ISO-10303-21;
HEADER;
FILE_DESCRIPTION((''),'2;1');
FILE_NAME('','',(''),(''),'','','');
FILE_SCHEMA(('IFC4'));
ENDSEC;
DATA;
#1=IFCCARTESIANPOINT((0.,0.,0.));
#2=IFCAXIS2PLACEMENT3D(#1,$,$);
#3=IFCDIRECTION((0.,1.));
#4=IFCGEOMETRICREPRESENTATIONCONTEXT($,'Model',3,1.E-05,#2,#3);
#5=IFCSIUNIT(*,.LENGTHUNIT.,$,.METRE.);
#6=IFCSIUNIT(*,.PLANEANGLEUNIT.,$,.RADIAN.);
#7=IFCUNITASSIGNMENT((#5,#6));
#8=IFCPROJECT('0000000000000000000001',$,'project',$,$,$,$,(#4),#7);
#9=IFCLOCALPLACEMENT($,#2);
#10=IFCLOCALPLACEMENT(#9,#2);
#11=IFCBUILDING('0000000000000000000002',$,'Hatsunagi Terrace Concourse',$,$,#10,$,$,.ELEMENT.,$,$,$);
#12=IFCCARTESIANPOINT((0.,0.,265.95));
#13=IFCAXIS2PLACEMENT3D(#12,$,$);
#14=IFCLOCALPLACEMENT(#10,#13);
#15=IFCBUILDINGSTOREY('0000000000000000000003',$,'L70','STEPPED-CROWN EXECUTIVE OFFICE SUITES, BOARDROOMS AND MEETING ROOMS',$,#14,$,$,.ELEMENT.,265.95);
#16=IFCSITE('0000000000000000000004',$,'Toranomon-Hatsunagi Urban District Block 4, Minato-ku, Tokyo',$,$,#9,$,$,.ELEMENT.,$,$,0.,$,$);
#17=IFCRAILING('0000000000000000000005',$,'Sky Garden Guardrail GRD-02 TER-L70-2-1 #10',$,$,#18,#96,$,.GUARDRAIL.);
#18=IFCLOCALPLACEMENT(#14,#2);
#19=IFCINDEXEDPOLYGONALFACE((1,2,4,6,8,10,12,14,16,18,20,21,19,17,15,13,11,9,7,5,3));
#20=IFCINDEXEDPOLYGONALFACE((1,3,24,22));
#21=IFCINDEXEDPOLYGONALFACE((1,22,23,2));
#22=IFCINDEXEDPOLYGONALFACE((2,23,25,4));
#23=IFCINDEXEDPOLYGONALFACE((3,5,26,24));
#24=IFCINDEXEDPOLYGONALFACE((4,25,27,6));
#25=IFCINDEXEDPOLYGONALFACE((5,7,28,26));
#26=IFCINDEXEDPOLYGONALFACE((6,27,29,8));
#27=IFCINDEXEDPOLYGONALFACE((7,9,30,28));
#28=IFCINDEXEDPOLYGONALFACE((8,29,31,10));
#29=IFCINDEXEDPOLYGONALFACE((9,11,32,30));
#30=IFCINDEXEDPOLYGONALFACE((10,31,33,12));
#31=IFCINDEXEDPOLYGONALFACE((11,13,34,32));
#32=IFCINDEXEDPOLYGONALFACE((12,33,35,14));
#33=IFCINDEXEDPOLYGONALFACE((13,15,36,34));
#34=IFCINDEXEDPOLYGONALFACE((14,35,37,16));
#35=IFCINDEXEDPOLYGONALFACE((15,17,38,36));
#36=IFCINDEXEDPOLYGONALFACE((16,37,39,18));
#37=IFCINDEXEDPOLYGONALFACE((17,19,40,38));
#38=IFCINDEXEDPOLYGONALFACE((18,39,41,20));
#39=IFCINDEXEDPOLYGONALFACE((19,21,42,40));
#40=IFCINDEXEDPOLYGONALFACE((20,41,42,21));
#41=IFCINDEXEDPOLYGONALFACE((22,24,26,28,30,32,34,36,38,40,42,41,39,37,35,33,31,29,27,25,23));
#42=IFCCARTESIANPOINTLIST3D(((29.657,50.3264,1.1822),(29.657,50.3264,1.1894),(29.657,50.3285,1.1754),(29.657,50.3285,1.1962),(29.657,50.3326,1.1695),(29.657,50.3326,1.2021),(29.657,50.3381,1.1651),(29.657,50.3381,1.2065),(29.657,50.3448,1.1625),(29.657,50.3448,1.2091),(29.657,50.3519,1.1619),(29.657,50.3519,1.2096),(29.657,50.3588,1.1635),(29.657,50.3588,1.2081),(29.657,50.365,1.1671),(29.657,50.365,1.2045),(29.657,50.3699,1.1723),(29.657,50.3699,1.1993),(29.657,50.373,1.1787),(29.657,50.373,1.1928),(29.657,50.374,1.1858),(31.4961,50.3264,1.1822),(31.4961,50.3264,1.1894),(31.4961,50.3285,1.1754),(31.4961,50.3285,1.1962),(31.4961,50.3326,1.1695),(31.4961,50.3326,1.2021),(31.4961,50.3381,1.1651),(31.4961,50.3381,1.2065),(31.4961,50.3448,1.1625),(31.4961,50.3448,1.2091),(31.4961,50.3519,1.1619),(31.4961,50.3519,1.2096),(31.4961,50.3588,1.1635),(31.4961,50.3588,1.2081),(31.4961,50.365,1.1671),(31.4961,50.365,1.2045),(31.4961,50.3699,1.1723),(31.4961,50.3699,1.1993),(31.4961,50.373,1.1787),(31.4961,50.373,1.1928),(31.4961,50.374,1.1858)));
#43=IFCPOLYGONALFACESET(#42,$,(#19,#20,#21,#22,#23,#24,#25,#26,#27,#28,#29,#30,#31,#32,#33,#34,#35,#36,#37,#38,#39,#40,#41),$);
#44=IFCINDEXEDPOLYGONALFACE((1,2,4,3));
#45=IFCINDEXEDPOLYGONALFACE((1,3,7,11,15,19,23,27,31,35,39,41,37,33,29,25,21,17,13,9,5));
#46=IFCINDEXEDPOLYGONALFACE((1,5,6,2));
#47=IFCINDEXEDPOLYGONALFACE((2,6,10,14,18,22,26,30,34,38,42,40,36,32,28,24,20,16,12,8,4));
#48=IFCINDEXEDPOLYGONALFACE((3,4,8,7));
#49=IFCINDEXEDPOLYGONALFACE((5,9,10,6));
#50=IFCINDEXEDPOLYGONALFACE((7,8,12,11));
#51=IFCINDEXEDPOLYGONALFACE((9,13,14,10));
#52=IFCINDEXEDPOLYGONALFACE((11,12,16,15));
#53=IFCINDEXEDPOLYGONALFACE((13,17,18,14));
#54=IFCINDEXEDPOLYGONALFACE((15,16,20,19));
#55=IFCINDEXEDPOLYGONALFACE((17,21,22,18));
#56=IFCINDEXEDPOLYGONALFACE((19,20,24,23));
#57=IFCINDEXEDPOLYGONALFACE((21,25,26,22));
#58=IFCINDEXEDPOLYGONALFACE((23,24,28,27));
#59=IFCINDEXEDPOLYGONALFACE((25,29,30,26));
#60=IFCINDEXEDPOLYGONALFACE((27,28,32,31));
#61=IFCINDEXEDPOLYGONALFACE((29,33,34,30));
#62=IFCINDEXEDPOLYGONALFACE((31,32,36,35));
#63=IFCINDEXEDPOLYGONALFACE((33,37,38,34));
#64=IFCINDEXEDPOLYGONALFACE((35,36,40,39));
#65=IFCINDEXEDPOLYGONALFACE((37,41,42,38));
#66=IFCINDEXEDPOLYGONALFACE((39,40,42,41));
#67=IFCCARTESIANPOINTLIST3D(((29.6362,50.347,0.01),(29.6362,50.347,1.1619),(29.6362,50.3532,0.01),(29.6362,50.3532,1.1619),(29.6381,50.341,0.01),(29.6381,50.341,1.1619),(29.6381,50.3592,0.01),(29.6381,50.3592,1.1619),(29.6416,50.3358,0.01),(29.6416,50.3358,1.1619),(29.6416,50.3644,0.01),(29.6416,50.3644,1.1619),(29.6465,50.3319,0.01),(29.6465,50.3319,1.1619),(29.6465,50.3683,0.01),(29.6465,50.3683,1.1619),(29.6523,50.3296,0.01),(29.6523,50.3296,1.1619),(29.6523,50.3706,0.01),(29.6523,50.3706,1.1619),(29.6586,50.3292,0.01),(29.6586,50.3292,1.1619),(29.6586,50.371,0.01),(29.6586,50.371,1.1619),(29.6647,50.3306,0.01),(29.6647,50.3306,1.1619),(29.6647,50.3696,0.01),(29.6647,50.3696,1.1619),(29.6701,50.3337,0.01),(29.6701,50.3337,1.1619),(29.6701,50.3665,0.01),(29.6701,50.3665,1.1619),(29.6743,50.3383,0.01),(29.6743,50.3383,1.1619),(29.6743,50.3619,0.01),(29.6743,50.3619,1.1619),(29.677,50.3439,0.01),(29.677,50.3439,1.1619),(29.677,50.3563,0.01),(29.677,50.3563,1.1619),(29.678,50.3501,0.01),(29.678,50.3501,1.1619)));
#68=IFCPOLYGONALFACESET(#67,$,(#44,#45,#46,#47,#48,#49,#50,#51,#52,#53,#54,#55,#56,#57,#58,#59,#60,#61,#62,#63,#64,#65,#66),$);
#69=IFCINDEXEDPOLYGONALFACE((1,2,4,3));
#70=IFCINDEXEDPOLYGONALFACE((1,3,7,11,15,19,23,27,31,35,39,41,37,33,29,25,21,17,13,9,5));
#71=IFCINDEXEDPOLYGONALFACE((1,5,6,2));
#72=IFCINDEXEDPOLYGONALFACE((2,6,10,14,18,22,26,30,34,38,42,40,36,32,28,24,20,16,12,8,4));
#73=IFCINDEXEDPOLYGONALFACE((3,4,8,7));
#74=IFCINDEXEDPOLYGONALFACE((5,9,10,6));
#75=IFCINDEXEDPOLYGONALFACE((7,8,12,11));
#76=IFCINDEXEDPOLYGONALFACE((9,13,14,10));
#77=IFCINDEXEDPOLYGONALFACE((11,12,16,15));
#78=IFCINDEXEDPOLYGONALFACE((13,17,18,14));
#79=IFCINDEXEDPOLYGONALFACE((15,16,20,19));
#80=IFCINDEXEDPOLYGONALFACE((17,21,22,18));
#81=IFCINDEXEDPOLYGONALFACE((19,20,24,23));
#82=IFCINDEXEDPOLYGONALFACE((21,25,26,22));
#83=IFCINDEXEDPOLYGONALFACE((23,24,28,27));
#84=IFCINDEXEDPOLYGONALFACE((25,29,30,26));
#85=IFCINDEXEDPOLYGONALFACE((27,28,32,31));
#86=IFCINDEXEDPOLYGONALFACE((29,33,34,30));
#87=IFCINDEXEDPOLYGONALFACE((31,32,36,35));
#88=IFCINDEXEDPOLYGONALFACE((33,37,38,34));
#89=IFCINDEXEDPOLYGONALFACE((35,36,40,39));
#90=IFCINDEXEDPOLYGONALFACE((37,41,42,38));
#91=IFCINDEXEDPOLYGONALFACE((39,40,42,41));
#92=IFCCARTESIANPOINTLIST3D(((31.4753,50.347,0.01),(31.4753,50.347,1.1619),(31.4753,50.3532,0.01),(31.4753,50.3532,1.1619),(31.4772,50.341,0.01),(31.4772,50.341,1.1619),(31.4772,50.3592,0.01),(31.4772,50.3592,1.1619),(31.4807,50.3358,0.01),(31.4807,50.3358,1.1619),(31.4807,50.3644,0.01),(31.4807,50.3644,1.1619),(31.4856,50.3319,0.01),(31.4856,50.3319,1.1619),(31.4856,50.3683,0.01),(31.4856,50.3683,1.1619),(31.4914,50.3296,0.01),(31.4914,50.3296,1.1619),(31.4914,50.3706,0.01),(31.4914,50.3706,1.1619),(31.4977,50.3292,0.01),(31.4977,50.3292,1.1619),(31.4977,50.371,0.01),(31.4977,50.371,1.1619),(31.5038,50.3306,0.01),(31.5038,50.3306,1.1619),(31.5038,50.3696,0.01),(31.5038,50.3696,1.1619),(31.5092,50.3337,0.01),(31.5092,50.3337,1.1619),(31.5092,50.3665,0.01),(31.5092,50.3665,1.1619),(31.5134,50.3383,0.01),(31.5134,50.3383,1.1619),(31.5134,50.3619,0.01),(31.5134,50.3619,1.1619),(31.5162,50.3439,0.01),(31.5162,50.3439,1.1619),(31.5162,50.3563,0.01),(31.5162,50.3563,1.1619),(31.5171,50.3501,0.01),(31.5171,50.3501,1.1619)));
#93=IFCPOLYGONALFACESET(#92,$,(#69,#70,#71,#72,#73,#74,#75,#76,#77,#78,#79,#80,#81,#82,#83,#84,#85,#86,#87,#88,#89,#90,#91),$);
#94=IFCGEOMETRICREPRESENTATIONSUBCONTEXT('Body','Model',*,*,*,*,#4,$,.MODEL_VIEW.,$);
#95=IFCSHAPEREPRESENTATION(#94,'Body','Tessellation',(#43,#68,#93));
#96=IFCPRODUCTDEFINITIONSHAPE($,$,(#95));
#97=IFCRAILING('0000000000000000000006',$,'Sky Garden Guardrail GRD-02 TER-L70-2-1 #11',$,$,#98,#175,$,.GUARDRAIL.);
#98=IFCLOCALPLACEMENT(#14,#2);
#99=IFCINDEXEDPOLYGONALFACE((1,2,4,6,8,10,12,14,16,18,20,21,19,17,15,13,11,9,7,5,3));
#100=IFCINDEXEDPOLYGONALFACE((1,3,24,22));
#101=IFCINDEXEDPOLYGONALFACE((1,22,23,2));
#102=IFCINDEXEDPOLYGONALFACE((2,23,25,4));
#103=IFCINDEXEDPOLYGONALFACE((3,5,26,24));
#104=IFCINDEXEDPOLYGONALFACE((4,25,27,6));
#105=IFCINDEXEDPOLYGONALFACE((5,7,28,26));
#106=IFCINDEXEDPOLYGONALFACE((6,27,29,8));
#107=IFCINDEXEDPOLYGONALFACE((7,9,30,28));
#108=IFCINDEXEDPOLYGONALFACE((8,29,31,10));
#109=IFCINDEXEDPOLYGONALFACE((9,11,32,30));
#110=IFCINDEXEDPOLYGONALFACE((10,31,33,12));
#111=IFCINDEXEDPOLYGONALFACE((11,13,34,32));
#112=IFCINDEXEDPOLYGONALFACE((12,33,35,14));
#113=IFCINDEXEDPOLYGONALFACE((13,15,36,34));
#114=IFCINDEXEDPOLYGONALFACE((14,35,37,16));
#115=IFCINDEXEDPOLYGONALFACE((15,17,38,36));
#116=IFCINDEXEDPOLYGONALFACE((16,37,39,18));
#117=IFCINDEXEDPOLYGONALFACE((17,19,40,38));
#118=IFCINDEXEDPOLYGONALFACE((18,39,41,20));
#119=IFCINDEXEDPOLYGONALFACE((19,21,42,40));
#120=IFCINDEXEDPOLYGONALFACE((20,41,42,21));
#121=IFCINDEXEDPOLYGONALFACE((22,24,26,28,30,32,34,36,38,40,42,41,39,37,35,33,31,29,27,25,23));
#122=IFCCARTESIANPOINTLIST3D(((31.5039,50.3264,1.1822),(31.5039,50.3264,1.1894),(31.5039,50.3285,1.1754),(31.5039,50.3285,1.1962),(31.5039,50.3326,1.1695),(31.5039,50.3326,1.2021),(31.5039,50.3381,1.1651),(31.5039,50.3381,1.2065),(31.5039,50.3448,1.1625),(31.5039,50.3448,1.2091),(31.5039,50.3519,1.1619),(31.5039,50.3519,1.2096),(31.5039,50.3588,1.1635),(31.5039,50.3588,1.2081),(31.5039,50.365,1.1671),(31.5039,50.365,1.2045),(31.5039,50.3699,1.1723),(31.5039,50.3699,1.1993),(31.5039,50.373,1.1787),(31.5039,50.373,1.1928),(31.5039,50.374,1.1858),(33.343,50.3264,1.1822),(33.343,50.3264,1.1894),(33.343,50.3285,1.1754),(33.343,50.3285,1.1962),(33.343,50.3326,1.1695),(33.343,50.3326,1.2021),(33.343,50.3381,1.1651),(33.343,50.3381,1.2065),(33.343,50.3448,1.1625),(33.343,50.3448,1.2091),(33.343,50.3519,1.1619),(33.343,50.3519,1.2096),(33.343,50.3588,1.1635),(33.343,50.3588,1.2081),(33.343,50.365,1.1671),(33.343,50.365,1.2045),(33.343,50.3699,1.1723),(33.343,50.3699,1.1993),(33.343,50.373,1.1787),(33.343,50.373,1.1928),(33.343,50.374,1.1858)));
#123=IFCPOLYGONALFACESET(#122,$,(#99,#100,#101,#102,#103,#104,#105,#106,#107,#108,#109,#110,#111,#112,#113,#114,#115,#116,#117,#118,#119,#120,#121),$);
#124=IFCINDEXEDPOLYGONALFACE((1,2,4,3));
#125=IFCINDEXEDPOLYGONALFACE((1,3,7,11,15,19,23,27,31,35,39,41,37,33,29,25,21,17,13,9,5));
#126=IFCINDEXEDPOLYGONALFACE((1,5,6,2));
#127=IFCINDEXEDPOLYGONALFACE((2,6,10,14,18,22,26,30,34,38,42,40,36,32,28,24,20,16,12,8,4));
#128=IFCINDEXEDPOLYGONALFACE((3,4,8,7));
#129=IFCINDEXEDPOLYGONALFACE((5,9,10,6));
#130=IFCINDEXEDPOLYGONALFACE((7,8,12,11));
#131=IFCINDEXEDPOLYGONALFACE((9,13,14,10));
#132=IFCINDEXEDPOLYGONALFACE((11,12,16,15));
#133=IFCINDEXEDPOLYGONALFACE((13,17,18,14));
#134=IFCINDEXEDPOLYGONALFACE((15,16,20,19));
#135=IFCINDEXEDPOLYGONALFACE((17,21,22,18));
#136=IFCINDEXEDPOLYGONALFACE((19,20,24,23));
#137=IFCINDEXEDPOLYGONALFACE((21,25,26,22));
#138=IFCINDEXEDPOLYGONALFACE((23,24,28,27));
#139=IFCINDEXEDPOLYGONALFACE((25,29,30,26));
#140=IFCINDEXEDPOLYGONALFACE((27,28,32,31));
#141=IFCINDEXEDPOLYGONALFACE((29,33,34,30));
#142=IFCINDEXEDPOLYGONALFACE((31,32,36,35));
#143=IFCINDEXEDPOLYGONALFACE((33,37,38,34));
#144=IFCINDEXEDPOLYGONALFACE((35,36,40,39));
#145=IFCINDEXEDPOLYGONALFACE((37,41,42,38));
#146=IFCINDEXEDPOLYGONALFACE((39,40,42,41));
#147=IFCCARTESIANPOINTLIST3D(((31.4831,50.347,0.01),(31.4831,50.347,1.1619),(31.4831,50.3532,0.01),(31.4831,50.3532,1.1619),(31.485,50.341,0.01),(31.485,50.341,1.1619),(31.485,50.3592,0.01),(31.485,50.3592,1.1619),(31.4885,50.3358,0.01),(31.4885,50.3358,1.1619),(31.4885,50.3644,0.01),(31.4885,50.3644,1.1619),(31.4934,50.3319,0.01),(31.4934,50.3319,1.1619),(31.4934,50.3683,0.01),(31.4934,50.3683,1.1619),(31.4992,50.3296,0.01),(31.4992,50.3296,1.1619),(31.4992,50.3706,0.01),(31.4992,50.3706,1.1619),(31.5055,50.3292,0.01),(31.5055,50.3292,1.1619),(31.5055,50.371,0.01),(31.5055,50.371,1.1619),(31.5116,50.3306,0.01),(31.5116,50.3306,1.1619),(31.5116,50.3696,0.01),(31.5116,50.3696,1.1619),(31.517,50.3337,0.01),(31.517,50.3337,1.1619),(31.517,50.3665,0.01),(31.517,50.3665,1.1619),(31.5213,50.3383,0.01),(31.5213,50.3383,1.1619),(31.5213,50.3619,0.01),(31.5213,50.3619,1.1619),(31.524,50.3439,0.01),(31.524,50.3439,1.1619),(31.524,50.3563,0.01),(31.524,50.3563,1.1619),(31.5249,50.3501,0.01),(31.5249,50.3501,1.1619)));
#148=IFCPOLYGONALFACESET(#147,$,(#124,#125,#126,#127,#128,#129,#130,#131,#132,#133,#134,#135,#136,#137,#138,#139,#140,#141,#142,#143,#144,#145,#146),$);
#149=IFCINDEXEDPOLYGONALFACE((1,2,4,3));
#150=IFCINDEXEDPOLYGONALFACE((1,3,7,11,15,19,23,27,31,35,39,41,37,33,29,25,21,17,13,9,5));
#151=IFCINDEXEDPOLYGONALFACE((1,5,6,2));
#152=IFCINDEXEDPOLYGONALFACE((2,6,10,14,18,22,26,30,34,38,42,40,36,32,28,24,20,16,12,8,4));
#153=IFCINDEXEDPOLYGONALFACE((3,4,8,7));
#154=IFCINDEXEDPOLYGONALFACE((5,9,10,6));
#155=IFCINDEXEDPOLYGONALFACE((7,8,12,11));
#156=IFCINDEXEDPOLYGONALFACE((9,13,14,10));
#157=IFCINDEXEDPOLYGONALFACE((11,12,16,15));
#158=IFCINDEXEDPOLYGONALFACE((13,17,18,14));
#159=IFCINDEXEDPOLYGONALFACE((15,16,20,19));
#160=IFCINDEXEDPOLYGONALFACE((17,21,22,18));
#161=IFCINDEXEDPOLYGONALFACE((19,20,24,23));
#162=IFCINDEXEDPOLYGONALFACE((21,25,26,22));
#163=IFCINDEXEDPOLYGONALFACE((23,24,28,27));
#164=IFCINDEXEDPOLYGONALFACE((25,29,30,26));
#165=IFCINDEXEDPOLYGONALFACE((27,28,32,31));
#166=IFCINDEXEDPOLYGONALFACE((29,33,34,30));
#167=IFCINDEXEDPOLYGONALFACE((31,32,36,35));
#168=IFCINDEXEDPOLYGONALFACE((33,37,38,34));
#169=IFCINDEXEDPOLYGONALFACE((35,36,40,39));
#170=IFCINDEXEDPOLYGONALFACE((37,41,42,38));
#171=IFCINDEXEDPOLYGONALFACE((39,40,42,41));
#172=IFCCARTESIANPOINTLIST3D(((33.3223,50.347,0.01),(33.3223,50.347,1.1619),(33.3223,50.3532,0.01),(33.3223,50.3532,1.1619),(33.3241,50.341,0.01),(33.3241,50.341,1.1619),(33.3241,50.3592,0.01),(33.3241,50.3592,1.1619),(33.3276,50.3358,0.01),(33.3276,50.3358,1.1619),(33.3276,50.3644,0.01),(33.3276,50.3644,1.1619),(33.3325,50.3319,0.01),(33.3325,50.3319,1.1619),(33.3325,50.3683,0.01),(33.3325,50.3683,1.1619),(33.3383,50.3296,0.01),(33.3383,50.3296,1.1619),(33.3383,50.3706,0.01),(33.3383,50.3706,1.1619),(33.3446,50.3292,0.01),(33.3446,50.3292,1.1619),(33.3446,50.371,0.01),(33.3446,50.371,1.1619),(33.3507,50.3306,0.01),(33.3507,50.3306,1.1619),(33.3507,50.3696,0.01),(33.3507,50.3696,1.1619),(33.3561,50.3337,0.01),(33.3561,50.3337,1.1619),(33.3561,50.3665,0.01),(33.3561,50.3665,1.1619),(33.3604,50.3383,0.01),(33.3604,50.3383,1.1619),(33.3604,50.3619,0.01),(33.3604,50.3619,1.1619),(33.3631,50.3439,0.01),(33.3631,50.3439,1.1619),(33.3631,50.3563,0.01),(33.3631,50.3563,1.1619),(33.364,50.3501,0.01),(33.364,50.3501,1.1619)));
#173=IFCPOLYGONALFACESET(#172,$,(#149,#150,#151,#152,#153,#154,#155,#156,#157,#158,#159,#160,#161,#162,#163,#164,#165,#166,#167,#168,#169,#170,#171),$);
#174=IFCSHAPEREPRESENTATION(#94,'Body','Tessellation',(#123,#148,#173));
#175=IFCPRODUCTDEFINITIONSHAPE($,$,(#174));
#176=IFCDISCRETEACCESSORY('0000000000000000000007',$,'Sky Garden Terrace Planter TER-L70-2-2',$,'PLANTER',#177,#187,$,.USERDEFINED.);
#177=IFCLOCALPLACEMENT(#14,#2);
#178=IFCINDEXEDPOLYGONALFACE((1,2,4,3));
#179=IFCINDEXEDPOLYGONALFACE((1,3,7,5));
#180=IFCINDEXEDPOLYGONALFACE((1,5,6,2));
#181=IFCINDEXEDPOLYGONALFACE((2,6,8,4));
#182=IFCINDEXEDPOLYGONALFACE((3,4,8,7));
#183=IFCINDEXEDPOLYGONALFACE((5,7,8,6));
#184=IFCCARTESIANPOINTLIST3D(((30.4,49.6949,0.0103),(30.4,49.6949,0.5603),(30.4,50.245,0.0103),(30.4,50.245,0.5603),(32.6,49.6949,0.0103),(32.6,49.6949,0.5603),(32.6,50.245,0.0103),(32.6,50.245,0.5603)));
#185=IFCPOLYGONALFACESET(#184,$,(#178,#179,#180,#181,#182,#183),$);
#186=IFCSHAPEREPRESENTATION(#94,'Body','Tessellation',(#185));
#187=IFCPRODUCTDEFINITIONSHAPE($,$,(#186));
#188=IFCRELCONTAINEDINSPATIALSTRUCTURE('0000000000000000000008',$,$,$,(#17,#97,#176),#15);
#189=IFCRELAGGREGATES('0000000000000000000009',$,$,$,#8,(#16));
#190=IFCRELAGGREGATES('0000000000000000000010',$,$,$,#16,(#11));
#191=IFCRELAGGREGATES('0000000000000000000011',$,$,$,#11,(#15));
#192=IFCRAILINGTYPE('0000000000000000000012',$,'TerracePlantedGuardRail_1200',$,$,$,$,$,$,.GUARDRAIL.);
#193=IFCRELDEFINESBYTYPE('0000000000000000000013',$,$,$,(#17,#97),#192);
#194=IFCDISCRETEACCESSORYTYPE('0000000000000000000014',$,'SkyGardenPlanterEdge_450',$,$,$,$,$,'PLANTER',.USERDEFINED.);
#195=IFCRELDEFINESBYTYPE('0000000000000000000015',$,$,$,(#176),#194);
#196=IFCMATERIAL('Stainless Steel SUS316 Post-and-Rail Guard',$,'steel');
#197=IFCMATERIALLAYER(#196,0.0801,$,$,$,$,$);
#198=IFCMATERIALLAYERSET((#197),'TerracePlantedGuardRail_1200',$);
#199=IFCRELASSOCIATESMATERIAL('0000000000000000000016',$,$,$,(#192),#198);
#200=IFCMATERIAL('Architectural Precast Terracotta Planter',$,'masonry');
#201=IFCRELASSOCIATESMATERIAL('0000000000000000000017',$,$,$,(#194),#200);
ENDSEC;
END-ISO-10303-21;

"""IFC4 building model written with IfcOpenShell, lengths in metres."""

from ifc_helpers import new_model, si_unit, direction, frame, origin, origin_2d, place, context, subcontext, project, spatial, rectangle, circle, extrude, material, layer, layer_set, type_object, element, save


model = new_model("IFC4")

# Units and contexts
model_context = context("Model", 3, precision=1e-05, world=origin(), true_north=direction((0.0, 1.0)))
body_context = subcontext(model_context, "Body", "Model", "MODEL_VIEW")
ifc_project = project(units=[si_unit("LENGTHUNIT", "METRE"), si_unit("PLANEANGLEUNIT", "RADIAN")], contexts=[model_context])

# Site, building, storey
site_placement = place(None, origin())
site = spatial("IfcSite", under=ifc_project, at=site_placement, Name="Toranomon-Hatsunagi Urban District Block 4, Minato-ku, Tokyo", CompositionType="ELEMENT", RefElevation=0.0)
building_placement = place(site_placement, origin())
building = spatial("IfcBuilding", under=site, at=building_placement, Name="Hatsunagi Terrace Concourse", CompositionType="ELEMENT")
storey_placement = place(building_placement, frame((0.0, 0.0, 265.95)))
storey = spatial("IfcBuildingStorey", under=building, at=storey_placement, Name="L70", Description="STEPPED-CROWN EXECUTIVE OFFICE SUITES, BOARDROOMS AND MEETING ROOMS", CompositionType="ELEMENT", Elevation=265.95)

# Railings
ifc_material_1 = material(Name="Stainless Steel SUS316 Post-and-Rail Guard", Category="steel")
ifc_layer_1 = layer(ifc_material_1, 0.0801)
ifc_layer_set_1 = layer_set([ifc_layer_1], Name="TerracePlantedGuardRail_1200")
railing_type = type_object("IfcRailingType", Name="TerracePlantedGuardRail_1200", PredefinedType="GUARDRAIL", material=ifc_layer_set_1)
for number, where, name in (
    (1, (29.657, 50.3501, 0.01), "Sky Garden Guardrail GRD-02 TER-L70-2-1 #10"),
    (2, (31.5039, 50.3501, 0.01), "Sky Garden Guardrail GRD-02 TER-L70-2-1 #11"),
):
    element("IfcRailing", number, at=place(storey_placement, frame(where)), inside=storey, type_object=railing_type, Name=name, PredefinedType="GUARDRAIL", context=body_context, shape_type="SweptSolid", body=[
        extrude(circle(Radius=0.0239, at=origin_2d()), frame((0.0, 0.0, 1.1758), z_axis=(1.0, 0.0, 0.0), x_axis=(0.0, 1.0, 0.0)), (0.0, 0.0, 1.0), 1.8391),
        extrude(circle(Radius=0.021, at=origin_2d()), origin(), (0.0, 0.0, 1.0), 1.1519),
        extrude(circle(Radius=0.021, at=origin_2d()), frame((1.8391, 0.0, 0.0)), (0.0, 0.0, 1.0), 1.1519),
    ])

# Discrete accessory
ifc_material_2 = material(Name="Architectural Precast Terracotta Planter", Category="masonry")
discrete_accessory_type = type_object("IfcDiscreteAccessoryType", Name="SkyGardenPlanterEdge_450", ElementType="PLANTER", PredefinedType="USERDEFINED", material=ifc_material_2)
discrete_accessory_placement = place(storey_placement, frame((31.5, 49.97, 0.0103), z_axis=(0.0, 0.0, 1.0), x_axis=(1.0, 0.0, 0.0)))
element("IfcDiscreteAccessory", 3, at=discrete_accessory_placement, inside=storey, type_object=discrete_accessory_type, Name="Sky Garden Terrace Planter TER-L70-2-2", ObjectType="PLANTER", PredefinedType="USERDEFINED", context=body_context, shape_type="SweptSolid", body=[
    extrude(rectangle(XDim=2.2, YDim=0.55, at=origin_2d()), origin(), (0.0, 0.0, 1.0), 0.55),
])

save(model, "model.ifc")
